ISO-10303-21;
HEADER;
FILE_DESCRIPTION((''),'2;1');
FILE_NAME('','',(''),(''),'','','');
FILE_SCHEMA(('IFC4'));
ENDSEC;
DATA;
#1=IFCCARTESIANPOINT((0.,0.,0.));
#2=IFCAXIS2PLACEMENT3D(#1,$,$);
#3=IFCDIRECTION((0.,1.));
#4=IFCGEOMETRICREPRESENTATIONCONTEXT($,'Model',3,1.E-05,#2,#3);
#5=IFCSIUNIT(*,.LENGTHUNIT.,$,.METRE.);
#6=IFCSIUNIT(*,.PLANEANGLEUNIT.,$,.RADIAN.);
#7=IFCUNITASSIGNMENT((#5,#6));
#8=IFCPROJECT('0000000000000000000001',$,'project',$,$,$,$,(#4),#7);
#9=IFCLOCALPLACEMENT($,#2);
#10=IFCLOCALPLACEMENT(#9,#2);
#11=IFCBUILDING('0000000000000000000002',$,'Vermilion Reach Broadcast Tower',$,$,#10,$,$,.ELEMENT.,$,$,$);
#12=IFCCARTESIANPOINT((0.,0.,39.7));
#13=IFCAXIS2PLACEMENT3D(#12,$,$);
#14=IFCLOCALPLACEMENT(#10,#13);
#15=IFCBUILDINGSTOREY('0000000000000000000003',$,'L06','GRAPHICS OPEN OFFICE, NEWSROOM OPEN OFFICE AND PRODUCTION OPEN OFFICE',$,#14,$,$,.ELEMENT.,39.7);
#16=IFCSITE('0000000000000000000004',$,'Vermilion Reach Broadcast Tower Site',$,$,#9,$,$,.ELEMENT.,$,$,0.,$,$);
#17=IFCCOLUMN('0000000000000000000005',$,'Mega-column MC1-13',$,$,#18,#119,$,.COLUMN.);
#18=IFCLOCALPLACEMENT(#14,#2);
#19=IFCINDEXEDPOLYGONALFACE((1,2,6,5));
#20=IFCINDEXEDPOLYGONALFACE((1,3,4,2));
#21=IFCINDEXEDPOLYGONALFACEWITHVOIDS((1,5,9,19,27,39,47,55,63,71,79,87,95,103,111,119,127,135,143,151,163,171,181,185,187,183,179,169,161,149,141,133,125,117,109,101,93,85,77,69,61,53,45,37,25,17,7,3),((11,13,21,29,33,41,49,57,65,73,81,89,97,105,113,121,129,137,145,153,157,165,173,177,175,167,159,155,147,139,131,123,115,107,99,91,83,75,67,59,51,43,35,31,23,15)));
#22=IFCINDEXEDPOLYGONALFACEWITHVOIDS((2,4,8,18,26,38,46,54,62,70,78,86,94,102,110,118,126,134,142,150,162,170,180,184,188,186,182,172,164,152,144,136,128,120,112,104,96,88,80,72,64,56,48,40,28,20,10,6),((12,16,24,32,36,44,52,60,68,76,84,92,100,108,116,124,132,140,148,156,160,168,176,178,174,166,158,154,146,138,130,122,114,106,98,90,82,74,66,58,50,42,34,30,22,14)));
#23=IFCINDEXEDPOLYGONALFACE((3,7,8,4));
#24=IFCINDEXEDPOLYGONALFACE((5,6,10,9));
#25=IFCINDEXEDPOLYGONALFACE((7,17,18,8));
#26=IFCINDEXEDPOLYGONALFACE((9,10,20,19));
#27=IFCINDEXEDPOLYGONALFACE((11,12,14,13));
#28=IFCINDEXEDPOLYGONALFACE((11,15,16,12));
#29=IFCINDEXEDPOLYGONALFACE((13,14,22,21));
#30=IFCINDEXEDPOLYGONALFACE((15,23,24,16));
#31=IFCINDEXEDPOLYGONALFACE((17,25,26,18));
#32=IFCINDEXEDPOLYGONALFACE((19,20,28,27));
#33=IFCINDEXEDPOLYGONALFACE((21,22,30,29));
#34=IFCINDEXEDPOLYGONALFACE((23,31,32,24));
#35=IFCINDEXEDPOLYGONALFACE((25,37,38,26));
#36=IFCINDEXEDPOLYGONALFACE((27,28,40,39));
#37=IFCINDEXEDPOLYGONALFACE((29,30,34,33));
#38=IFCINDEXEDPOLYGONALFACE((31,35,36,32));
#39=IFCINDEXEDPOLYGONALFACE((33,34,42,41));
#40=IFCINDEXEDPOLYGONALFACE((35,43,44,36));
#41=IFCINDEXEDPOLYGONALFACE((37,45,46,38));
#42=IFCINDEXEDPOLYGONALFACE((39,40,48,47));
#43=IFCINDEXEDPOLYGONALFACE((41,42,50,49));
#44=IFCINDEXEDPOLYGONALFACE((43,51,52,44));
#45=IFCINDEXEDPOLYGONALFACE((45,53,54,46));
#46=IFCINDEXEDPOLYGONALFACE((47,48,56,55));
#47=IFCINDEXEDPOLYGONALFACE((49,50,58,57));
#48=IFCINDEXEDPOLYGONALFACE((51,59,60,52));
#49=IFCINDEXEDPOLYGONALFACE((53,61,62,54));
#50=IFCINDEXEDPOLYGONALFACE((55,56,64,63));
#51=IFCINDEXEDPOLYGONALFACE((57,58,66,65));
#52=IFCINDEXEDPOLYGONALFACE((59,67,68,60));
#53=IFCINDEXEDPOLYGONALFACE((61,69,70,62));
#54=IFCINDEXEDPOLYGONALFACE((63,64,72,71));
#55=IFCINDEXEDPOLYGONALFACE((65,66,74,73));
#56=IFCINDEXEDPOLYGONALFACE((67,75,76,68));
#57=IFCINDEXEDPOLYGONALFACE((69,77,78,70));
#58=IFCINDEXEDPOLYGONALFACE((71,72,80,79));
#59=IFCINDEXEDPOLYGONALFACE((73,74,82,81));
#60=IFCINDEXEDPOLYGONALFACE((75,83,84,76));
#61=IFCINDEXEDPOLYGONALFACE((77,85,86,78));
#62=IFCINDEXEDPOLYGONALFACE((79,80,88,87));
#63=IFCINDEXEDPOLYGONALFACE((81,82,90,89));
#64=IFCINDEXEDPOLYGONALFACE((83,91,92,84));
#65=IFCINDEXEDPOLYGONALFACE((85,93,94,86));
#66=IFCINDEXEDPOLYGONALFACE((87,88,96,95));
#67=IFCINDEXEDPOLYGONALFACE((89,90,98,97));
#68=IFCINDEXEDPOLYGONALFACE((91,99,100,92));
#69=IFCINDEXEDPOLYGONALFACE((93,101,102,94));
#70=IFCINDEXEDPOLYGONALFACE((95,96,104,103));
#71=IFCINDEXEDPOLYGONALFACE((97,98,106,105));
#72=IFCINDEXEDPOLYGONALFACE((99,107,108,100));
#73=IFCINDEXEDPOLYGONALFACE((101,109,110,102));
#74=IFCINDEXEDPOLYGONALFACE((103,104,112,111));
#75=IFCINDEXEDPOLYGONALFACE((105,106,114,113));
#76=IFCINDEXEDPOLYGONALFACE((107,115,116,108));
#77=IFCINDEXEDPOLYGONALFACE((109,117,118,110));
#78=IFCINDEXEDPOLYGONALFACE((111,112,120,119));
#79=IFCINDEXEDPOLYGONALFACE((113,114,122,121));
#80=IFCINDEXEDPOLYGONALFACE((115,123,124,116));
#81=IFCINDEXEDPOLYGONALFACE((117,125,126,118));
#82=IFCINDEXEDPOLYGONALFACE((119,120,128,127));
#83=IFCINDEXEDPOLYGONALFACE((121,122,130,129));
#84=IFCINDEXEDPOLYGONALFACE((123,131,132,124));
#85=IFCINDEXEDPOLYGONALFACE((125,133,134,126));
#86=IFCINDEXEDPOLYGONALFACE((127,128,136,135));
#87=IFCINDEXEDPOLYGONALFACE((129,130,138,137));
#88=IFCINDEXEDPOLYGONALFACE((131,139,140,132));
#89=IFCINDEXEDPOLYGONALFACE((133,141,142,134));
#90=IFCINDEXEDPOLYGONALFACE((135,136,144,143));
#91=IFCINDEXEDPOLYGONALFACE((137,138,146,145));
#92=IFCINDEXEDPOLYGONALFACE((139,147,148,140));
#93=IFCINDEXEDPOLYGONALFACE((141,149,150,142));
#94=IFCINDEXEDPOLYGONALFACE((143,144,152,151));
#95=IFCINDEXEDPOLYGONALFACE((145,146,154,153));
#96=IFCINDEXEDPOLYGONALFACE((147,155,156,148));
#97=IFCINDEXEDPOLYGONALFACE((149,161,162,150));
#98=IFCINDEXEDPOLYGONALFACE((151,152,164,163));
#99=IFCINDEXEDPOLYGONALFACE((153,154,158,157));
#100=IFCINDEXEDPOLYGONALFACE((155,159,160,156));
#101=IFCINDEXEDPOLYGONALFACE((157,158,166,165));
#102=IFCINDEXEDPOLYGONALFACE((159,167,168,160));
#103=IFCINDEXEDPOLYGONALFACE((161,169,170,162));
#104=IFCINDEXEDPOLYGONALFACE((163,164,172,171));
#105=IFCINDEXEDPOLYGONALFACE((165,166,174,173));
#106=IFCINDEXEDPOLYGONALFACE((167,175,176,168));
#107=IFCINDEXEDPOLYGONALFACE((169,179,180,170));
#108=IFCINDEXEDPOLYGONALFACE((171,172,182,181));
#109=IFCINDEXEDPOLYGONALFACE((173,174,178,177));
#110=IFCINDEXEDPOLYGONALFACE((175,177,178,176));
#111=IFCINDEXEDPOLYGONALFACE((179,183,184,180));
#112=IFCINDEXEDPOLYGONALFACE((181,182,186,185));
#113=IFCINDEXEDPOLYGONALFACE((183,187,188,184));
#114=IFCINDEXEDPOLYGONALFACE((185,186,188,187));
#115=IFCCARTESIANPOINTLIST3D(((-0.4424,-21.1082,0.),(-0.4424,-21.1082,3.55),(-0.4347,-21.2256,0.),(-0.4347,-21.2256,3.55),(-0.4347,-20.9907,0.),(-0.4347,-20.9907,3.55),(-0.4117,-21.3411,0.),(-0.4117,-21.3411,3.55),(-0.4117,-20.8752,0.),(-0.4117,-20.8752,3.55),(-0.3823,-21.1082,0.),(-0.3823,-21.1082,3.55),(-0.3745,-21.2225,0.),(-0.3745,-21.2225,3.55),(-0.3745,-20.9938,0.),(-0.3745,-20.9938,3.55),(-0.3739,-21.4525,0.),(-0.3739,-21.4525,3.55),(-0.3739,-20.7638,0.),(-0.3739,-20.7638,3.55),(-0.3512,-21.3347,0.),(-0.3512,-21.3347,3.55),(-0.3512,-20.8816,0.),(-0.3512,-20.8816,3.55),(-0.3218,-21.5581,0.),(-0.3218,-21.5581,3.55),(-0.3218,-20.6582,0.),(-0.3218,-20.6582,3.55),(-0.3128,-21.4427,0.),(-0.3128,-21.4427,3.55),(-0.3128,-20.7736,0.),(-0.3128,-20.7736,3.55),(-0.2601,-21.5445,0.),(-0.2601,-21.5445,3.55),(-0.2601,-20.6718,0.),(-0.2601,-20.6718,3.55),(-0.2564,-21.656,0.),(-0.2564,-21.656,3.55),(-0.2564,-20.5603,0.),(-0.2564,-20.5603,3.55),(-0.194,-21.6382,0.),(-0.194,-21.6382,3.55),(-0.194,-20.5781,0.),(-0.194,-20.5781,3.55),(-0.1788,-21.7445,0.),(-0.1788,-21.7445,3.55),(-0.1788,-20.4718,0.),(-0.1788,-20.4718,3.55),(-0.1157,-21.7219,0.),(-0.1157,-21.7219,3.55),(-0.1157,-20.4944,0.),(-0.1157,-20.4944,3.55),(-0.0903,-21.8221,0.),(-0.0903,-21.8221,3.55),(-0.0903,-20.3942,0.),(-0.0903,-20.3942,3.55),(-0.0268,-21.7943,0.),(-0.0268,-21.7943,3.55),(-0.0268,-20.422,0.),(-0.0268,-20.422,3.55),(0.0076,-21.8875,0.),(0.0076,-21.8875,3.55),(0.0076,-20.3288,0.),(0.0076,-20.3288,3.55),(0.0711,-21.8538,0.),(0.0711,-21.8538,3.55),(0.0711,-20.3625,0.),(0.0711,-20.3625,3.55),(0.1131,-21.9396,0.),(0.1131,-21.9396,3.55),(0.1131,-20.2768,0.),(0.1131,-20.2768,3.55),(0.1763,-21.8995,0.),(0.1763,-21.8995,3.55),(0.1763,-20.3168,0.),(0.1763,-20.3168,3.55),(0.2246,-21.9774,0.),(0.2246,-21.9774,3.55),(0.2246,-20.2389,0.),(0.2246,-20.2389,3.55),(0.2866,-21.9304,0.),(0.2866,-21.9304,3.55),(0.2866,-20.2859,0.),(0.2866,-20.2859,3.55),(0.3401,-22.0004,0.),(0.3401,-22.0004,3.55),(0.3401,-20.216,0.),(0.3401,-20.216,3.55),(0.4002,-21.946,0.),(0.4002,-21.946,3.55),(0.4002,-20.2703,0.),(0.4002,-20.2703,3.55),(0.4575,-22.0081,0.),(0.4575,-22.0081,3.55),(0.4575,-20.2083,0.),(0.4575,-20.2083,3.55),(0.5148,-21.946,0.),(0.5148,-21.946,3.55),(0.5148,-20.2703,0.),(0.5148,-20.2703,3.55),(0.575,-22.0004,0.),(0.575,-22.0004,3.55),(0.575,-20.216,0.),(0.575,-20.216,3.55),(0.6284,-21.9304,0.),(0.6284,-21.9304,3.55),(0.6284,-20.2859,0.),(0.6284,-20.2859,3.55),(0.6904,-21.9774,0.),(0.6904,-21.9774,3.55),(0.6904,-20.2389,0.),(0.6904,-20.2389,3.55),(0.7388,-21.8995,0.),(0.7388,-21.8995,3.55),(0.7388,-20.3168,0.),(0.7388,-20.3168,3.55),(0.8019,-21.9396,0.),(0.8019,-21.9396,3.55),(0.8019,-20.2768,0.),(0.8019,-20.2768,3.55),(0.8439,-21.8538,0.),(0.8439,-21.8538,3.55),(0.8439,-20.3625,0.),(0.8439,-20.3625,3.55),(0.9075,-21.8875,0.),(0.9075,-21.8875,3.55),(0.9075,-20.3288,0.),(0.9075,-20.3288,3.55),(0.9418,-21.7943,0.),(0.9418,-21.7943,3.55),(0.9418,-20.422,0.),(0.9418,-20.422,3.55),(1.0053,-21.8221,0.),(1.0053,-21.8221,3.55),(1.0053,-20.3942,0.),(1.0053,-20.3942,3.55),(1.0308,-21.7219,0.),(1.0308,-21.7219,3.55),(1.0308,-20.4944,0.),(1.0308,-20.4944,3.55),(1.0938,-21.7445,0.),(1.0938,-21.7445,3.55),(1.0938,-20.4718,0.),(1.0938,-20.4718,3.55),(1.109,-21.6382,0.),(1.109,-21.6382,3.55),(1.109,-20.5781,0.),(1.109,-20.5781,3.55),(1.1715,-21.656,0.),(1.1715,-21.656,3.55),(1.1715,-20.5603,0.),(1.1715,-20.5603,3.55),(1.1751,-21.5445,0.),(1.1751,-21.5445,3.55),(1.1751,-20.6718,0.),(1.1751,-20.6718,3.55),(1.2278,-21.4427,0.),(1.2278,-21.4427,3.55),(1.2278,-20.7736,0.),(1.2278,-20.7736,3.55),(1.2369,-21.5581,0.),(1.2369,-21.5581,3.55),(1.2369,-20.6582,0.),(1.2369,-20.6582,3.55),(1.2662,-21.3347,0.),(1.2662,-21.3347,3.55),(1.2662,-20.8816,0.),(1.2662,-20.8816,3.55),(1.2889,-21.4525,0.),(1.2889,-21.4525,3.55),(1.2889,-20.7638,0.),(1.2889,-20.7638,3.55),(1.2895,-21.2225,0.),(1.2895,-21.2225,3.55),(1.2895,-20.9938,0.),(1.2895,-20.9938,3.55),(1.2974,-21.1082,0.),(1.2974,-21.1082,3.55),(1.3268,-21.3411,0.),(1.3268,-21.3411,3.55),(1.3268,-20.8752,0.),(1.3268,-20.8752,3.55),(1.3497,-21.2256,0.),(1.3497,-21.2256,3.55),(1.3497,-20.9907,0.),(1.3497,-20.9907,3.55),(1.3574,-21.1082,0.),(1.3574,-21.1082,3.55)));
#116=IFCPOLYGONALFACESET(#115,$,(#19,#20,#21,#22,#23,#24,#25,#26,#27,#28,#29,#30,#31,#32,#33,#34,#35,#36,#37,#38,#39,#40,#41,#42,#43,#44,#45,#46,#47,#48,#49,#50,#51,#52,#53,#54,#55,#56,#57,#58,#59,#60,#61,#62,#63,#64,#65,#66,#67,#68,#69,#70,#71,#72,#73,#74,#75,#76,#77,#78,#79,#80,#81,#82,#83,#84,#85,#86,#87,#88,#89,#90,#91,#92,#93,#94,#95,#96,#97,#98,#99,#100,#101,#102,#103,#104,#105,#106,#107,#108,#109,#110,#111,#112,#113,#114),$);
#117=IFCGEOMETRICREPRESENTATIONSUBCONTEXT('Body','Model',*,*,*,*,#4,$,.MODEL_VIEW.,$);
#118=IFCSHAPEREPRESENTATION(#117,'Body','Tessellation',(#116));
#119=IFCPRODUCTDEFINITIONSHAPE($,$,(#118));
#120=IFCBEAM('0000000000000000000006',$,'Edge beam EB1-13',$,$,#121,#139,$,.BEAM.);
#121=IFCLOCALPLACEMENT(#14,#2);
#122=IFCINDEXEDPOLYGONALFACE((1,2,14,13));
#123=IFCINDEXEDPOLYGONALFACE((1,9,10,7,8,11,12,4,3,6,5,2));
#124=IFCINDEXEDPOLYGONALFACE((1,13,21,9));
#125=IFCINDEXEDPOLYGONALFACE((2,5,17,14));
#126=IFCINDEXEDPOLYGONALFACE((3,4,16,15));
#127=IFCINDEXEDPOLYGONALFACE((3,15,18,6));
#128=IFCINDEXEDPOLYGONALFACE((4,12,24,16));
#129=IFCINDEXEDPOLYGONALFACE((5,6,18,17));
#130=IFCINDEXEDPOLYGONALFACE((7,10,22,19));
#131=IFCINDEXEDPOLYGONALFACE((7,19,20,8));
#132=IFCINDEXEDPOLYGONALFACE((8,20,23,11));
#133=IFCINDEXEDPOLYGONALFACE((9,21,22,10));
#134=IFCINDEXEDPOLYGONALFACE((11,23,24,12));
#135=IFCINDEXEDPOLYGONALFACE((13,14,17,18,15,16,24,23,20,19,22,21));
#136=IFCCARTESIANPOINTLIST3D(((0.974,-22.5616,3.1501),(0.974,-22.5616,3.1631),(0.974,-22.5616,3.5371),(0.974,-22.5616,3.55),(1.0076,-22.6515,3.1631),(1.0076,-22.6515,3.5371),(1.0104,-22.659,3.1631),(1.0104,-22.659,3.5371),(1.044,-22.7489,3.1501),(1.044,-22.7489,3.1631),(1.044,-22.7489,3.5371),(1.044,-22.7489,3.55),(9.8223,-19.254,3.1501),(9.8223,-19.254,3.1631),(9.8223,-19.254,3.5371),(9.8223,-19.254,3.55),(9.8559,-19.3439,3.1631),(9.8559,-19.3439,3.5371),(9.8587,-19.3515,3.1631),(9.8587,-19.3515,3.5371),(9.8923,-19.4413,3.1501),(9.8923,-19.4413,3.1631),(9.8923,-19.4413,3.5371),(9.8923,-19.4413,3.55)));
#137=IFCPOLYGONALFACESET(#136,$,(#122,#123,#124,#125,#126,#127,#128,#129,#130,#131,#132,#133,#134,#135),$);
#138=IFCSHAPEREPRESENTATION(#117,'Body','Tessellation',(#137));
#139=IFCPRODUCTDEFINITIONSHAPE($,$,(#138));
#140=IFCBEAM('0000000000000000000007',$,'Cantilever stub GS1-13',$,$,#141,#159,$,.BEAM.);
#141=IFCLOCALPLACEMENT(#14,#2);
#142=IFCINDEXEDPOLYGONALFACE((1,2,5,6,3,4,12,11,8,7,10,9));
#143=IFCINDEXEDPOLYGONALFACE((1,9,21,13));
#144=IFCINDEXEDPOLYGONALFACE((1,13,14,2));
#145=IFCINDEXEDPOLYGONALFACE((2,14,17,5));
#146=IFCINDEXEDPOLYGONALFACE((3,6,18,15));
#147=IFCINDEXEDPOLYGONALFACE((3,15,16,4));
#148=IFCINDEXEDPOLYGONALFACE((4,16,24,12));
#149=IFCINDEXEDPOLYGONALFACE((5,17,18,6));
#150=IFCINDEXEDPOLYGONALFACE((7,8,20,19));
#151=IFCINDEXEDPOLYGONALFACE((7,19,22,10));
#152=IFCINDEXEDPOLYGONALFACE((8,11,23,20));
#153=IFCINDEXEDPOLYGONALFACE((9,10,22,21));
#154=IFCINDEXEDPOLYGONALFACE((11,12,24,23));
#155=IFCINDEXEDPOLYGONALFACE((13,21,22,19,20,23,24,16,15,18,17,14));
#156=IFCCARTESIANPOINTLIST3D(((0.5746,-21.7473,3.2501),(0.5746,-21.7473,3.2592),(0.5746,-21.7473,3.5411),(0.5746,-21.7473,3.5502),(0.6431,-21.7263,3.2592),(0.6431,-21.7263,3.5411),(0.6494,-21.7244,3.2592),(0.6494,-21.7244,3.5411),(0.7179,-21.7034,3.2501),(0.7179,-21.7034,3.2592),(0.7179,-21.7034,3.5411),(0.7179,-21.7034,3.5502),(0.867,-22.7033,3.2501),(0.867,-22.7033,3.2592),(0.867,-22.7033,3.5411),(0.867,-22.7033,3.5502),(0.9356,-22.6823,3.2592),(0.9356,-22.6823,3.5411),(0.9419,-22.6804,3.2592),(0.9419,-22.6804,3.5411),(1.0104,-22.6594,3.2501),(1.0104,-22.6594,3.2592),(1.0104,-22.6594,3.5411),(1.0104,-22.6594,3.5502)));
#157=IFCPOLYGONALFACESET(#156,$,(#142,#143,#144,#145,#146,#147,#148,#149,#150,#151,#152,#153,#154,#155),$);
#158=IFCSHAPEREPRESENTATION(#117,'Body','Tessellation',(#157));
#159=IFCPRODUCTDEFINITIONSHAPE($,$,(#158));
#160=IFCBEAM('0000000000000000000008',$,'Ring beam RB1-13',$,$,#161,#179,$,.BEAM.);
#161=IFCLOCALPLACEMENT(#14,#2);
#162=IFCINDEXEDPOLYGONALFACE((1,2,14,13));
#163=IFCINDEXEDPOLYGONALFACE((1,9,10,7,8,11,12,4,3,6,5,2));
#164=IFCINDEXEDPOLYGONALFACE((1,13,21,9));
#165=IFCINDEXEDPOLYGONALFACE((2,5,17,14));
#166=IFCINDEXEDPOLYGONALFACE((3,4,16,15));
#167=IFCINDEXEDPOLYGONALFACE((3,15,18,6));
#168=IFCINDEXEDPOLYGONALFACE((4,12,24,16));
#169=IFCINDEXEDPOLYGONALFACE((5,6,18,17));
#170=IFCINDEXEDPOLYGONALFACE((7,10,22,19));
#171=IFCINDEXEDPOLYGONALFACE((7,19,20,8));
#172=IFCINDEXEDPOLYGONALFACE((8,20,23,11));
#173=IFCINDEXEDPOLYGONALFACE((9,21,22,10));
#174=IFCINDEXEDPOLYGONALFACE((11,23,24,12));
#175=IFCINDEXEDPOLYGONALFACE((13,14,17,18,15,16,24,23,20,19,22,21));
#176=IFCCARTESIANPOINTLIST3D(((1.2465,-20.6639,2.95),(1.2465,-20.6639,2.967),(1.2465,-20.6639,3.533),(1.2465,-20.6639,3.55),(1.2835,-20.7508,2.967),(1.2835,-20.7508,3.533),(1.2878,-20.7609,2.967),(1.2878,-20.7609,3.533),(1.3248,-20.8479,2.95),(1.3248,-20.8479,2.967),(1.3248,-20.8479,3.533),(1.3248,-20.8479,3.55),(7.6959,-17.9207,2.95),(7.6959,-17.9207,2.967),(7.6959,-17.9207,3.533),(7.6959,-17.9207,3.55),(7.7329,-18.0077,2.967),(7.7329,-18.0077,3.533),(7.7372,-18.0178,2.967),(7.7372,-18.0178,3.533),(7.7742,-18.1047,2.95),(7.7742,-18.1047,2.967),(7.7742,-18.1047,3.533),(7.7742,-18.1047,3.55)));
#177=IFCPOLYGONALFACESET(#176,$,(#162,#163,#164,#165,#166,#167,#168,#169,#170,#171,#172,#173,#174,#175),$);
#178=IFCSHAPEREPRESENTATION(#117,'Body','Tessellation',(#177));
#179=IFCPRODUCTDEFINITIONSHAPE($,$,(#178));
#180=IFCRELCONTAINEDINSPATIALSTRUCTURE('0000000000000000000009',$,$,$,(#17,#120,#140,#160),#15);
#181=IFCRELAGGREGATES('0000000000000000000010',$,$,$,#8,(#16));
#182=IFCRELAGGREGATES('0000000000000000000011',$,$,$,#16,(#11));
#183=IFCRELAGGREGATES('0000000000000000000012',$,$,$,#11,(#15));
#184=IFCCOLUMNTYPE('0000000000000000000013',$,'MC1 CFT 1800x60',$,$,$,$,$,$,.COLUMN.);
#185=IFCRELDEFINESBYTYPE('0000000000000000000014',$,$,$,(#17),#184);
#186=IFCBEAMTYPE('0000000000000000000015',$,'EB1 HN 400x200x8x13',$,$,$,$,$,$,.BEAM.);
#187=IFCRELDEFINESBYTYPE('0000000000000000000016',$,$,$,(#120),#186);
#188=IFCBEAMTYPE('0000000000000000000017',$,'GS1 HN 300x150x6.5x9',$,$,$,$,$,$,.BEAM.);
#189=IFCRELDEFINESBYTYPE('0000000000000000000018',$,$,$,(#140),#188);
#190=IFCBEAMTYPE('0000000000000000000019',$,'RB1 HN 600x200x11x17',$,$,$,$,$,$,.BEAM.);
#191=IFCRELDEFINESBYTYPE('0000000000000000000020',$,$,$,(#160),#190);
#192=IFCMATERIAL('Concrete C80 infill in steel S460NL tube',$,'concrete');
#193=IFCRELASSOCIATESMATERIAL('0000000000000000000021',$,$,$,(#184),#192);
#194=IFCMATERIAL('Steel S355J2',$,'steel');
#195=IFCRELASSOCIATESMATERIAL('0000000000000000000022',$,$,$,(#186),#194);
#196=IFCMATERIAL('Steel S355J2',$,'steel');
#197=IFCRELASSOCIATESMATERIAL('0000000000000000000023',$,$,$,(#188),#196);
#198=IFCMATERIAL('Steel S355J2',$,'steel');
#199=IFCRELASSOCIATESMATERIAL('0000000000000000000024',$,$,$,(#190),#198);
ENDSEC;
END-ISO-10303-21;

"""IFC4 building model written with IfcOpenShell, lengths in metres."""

from ifc_helpers import new_model, si_unit, direction, frame, origin, origin_2d, place, context, subcontext, project, spatial, hollow_circle, i_section, extrude, material, material_profile, profile_set, type_object, element, save


model = new_model("IFC4")

# Units and contexts
model_context = context("Model", 3, precision=1e-05, world=origin(), true_north=direction((0.0, 1.0)))
body_context = subcontext(model_context, "Body", "Model", "MODEL_VIEW")
ifc_project = project(units=[si_unit("LENGTHUNIT", "METRE"), si_unit("PLANEANGLEUNIT", "RADIAN")], contexts=[model_context])

# Site, building, storey
site_placement = place(None, origin())
site = spatial("IfcSite", under=ifc_project, at=site_placement, Name="Vermilion Reach Broadcast Tower Site", CompositionType="ELEMENT", RefElevation=0.0)
building_placement = place(site_placement, origin())
building = spatial("IfcBuilding", under=site, at=building_placement, Name="Vermilion Reach Broadcast Tower", CompositionType="ELEMENT")
storey_placement = place(building_placement, frame((0.0, 0.0, 39.7)))
storey = spatial("IfcBuildingStorey", under=building, at=storey_placement, Name="L06", Description="GRAPHICS OPEN OFFICE, NEWSROOM OPEN OFFICE AND PRODUCTION OPEN OFFICE", CompositionType="ELEMENT", Elevation=39.7)

# Column
ifc_material_1 = material(Name="Concrete C80 infill in steel S460NL tube", Category="concrete")
ifc_material_profile_1 = material_profile(ifc_material_1, hollow_circle(Radius=0.8999, WallThickness=0.0601, at=origin_2d()), Name="Concrete C80 infill in steel S460NL tube CFT 1800x60")
ifc_profile_set_1 = profile_set([ifc_material_profile_1], Name="Concrete C80 infill in steel S460NL tube")
column_type = type_object("IfcColumnType", Name="MC1 CFT 1800x60", PredefinedType="COLUMN", material=ifc_profile_set_1)
column_placement = place(storey_placement, frame((0.4575, -21.1082, 0.0), z_axis=(0.0, 0.0, 1.0), x_axis=(1.0, 0.0, 0.0)))
element("IfcColumn", 1, at=column_placement, inside=storey, type_object=column_type, Name="Mega-column MC1-13", PredefinedType="COLUMN", context=body_context, shape_type="SweptSolid", body=[
    extrude(hollow_circle(Radius=0.8999, WallThickness=0.0601, at=origin_2d()), origin(), (0.0, 0.0, 1.0), 3.55),
])

# Beams
ifc_material_2 = material(Name="Steel S355J2", Category="steel")
ifc_material_profile_2 = material_profile(ifc_material_2, i_section(OverallWidth=0.2, OverallDepth=0.3999, WebThickness=0.0081, FlangeThickness=0.0129, at=origin_2d()), Name="S355J2 HN 400x200x8x13")
ifc_profile_set_2 = profile_set([ifc_material_profile_2], Name="Steel S355J2")
beam_type_1 = type_object("IfcBeamType", Name="EB1 HN 400x200x8x13", PredefinedType="BEAM", material=ifc_profile_set_2)
beam_1_placement = place(storey_placement, frame((1.009, -22.6553, 3.3501), z_axis=(0.936695, 0.350146, 0.0), x_axis=(-0.350146, 0.936695, 0.0)))
element("IfcBeam", 2, at=beam_1_placement, inside=storey, type_object=beam_type_1, Name="Edge beam EB1-13", PredefinedType="BEAM", context=body_context, shape_type="SweptSolid", body=[
    extrude(i_section(OverallWidth=0.2, OverallDepth=0.3999, WebThickness=0.0081, FlangeThickness=0.0129, at=origin_2d()), origin(), (0.0, 0.0, 1.0), 9.4463),
])
ifc_material_3 = material(Name="Steel S355J2", Category="steel")
ifc_material_profile_3 = material_profile(ifc_material_3, i_section(OverallWidth=0.1499, OverallDepth=0.3, WebThickness=0.0066, FlangeThickness=0.009, at=origin_2d()), Name="S355J2 HN 300x150x6.5x9")
ifc_profile_set_3 = profile_set([ifc_material_profile_3], Name="Steel S355J2")
beam_type_2 = type_object("IfcBeamType", Name="GS1 HN 300x150x6.5x9", PredefinedType="BEAM", material=ifc_profile_set_3)
beam_2_placement = place(storey_placement, frame((0.6462, -21.7253, 3.4001), z_axis=(0.292541, -0.956253, 0.0), x_axis=(0.956253, 0.292541, 0.0)))
element("IfcBeam", 3, at=beam_2_placement, inside=storey, type_object=beam_type_2, Name="Cantilever stub GS1-13", PredefinedType="BEAM", context=body_context, shape_type="SweptSolid", body=[
    extrude(i_section(OverallWidth=0.1499, OverallDepth=0.3, WebThickness=0.0066, FlangeThickness=0.009, at=origin_2d()), origin(), (0.0, 0.0, 1.0), 0.9998),
])
ifc_material_4 = material(Name="Steel S355J2", Category="steel")
ifc_material_profile_4 = material_profile(ifc_material_4, i_section(OverallWidth=0.2, OverallDepth=0.6001, WebThickness=0.011, FlangeThickness=0.0171, at=origin_2d()), Name="S355J2 HN 600x200x11x17")
ifc_profile_set_4 = profile_set([ifc_material_profile_4], Name="Steel S355J2")
beam_type_3 = type_object("IfcBeamType", Name="RB1 HN 600x200x11x17", PredefinedType="BEAM", material=ifc_profile_set_4)
beam_3_placement = place(storey_placement, frame((1.2856, -20.7559, 3.25), z_axis=(0.920221, 0.3914, 0.0), x_axis=(-0.3914, 0.920221, 0.0)))
element("IfcBeam", 4, at=beam_3_placement, inside=storey, type_object=beam_type_3, Name="Ring beam RB1-13", PredefinedType="BEAM", context=body_context, shape_type="SweptSolid", body=[
    extrude(i_section(OverallWidth=0.2, OverallDepth=0.6001, WebThickness=0.011, FlangeThickness=0.0171, at=origin_2d()), origin(), (0.0, 0.0, 1.0), 7.0085),
])

save(model, "model.ifc")
